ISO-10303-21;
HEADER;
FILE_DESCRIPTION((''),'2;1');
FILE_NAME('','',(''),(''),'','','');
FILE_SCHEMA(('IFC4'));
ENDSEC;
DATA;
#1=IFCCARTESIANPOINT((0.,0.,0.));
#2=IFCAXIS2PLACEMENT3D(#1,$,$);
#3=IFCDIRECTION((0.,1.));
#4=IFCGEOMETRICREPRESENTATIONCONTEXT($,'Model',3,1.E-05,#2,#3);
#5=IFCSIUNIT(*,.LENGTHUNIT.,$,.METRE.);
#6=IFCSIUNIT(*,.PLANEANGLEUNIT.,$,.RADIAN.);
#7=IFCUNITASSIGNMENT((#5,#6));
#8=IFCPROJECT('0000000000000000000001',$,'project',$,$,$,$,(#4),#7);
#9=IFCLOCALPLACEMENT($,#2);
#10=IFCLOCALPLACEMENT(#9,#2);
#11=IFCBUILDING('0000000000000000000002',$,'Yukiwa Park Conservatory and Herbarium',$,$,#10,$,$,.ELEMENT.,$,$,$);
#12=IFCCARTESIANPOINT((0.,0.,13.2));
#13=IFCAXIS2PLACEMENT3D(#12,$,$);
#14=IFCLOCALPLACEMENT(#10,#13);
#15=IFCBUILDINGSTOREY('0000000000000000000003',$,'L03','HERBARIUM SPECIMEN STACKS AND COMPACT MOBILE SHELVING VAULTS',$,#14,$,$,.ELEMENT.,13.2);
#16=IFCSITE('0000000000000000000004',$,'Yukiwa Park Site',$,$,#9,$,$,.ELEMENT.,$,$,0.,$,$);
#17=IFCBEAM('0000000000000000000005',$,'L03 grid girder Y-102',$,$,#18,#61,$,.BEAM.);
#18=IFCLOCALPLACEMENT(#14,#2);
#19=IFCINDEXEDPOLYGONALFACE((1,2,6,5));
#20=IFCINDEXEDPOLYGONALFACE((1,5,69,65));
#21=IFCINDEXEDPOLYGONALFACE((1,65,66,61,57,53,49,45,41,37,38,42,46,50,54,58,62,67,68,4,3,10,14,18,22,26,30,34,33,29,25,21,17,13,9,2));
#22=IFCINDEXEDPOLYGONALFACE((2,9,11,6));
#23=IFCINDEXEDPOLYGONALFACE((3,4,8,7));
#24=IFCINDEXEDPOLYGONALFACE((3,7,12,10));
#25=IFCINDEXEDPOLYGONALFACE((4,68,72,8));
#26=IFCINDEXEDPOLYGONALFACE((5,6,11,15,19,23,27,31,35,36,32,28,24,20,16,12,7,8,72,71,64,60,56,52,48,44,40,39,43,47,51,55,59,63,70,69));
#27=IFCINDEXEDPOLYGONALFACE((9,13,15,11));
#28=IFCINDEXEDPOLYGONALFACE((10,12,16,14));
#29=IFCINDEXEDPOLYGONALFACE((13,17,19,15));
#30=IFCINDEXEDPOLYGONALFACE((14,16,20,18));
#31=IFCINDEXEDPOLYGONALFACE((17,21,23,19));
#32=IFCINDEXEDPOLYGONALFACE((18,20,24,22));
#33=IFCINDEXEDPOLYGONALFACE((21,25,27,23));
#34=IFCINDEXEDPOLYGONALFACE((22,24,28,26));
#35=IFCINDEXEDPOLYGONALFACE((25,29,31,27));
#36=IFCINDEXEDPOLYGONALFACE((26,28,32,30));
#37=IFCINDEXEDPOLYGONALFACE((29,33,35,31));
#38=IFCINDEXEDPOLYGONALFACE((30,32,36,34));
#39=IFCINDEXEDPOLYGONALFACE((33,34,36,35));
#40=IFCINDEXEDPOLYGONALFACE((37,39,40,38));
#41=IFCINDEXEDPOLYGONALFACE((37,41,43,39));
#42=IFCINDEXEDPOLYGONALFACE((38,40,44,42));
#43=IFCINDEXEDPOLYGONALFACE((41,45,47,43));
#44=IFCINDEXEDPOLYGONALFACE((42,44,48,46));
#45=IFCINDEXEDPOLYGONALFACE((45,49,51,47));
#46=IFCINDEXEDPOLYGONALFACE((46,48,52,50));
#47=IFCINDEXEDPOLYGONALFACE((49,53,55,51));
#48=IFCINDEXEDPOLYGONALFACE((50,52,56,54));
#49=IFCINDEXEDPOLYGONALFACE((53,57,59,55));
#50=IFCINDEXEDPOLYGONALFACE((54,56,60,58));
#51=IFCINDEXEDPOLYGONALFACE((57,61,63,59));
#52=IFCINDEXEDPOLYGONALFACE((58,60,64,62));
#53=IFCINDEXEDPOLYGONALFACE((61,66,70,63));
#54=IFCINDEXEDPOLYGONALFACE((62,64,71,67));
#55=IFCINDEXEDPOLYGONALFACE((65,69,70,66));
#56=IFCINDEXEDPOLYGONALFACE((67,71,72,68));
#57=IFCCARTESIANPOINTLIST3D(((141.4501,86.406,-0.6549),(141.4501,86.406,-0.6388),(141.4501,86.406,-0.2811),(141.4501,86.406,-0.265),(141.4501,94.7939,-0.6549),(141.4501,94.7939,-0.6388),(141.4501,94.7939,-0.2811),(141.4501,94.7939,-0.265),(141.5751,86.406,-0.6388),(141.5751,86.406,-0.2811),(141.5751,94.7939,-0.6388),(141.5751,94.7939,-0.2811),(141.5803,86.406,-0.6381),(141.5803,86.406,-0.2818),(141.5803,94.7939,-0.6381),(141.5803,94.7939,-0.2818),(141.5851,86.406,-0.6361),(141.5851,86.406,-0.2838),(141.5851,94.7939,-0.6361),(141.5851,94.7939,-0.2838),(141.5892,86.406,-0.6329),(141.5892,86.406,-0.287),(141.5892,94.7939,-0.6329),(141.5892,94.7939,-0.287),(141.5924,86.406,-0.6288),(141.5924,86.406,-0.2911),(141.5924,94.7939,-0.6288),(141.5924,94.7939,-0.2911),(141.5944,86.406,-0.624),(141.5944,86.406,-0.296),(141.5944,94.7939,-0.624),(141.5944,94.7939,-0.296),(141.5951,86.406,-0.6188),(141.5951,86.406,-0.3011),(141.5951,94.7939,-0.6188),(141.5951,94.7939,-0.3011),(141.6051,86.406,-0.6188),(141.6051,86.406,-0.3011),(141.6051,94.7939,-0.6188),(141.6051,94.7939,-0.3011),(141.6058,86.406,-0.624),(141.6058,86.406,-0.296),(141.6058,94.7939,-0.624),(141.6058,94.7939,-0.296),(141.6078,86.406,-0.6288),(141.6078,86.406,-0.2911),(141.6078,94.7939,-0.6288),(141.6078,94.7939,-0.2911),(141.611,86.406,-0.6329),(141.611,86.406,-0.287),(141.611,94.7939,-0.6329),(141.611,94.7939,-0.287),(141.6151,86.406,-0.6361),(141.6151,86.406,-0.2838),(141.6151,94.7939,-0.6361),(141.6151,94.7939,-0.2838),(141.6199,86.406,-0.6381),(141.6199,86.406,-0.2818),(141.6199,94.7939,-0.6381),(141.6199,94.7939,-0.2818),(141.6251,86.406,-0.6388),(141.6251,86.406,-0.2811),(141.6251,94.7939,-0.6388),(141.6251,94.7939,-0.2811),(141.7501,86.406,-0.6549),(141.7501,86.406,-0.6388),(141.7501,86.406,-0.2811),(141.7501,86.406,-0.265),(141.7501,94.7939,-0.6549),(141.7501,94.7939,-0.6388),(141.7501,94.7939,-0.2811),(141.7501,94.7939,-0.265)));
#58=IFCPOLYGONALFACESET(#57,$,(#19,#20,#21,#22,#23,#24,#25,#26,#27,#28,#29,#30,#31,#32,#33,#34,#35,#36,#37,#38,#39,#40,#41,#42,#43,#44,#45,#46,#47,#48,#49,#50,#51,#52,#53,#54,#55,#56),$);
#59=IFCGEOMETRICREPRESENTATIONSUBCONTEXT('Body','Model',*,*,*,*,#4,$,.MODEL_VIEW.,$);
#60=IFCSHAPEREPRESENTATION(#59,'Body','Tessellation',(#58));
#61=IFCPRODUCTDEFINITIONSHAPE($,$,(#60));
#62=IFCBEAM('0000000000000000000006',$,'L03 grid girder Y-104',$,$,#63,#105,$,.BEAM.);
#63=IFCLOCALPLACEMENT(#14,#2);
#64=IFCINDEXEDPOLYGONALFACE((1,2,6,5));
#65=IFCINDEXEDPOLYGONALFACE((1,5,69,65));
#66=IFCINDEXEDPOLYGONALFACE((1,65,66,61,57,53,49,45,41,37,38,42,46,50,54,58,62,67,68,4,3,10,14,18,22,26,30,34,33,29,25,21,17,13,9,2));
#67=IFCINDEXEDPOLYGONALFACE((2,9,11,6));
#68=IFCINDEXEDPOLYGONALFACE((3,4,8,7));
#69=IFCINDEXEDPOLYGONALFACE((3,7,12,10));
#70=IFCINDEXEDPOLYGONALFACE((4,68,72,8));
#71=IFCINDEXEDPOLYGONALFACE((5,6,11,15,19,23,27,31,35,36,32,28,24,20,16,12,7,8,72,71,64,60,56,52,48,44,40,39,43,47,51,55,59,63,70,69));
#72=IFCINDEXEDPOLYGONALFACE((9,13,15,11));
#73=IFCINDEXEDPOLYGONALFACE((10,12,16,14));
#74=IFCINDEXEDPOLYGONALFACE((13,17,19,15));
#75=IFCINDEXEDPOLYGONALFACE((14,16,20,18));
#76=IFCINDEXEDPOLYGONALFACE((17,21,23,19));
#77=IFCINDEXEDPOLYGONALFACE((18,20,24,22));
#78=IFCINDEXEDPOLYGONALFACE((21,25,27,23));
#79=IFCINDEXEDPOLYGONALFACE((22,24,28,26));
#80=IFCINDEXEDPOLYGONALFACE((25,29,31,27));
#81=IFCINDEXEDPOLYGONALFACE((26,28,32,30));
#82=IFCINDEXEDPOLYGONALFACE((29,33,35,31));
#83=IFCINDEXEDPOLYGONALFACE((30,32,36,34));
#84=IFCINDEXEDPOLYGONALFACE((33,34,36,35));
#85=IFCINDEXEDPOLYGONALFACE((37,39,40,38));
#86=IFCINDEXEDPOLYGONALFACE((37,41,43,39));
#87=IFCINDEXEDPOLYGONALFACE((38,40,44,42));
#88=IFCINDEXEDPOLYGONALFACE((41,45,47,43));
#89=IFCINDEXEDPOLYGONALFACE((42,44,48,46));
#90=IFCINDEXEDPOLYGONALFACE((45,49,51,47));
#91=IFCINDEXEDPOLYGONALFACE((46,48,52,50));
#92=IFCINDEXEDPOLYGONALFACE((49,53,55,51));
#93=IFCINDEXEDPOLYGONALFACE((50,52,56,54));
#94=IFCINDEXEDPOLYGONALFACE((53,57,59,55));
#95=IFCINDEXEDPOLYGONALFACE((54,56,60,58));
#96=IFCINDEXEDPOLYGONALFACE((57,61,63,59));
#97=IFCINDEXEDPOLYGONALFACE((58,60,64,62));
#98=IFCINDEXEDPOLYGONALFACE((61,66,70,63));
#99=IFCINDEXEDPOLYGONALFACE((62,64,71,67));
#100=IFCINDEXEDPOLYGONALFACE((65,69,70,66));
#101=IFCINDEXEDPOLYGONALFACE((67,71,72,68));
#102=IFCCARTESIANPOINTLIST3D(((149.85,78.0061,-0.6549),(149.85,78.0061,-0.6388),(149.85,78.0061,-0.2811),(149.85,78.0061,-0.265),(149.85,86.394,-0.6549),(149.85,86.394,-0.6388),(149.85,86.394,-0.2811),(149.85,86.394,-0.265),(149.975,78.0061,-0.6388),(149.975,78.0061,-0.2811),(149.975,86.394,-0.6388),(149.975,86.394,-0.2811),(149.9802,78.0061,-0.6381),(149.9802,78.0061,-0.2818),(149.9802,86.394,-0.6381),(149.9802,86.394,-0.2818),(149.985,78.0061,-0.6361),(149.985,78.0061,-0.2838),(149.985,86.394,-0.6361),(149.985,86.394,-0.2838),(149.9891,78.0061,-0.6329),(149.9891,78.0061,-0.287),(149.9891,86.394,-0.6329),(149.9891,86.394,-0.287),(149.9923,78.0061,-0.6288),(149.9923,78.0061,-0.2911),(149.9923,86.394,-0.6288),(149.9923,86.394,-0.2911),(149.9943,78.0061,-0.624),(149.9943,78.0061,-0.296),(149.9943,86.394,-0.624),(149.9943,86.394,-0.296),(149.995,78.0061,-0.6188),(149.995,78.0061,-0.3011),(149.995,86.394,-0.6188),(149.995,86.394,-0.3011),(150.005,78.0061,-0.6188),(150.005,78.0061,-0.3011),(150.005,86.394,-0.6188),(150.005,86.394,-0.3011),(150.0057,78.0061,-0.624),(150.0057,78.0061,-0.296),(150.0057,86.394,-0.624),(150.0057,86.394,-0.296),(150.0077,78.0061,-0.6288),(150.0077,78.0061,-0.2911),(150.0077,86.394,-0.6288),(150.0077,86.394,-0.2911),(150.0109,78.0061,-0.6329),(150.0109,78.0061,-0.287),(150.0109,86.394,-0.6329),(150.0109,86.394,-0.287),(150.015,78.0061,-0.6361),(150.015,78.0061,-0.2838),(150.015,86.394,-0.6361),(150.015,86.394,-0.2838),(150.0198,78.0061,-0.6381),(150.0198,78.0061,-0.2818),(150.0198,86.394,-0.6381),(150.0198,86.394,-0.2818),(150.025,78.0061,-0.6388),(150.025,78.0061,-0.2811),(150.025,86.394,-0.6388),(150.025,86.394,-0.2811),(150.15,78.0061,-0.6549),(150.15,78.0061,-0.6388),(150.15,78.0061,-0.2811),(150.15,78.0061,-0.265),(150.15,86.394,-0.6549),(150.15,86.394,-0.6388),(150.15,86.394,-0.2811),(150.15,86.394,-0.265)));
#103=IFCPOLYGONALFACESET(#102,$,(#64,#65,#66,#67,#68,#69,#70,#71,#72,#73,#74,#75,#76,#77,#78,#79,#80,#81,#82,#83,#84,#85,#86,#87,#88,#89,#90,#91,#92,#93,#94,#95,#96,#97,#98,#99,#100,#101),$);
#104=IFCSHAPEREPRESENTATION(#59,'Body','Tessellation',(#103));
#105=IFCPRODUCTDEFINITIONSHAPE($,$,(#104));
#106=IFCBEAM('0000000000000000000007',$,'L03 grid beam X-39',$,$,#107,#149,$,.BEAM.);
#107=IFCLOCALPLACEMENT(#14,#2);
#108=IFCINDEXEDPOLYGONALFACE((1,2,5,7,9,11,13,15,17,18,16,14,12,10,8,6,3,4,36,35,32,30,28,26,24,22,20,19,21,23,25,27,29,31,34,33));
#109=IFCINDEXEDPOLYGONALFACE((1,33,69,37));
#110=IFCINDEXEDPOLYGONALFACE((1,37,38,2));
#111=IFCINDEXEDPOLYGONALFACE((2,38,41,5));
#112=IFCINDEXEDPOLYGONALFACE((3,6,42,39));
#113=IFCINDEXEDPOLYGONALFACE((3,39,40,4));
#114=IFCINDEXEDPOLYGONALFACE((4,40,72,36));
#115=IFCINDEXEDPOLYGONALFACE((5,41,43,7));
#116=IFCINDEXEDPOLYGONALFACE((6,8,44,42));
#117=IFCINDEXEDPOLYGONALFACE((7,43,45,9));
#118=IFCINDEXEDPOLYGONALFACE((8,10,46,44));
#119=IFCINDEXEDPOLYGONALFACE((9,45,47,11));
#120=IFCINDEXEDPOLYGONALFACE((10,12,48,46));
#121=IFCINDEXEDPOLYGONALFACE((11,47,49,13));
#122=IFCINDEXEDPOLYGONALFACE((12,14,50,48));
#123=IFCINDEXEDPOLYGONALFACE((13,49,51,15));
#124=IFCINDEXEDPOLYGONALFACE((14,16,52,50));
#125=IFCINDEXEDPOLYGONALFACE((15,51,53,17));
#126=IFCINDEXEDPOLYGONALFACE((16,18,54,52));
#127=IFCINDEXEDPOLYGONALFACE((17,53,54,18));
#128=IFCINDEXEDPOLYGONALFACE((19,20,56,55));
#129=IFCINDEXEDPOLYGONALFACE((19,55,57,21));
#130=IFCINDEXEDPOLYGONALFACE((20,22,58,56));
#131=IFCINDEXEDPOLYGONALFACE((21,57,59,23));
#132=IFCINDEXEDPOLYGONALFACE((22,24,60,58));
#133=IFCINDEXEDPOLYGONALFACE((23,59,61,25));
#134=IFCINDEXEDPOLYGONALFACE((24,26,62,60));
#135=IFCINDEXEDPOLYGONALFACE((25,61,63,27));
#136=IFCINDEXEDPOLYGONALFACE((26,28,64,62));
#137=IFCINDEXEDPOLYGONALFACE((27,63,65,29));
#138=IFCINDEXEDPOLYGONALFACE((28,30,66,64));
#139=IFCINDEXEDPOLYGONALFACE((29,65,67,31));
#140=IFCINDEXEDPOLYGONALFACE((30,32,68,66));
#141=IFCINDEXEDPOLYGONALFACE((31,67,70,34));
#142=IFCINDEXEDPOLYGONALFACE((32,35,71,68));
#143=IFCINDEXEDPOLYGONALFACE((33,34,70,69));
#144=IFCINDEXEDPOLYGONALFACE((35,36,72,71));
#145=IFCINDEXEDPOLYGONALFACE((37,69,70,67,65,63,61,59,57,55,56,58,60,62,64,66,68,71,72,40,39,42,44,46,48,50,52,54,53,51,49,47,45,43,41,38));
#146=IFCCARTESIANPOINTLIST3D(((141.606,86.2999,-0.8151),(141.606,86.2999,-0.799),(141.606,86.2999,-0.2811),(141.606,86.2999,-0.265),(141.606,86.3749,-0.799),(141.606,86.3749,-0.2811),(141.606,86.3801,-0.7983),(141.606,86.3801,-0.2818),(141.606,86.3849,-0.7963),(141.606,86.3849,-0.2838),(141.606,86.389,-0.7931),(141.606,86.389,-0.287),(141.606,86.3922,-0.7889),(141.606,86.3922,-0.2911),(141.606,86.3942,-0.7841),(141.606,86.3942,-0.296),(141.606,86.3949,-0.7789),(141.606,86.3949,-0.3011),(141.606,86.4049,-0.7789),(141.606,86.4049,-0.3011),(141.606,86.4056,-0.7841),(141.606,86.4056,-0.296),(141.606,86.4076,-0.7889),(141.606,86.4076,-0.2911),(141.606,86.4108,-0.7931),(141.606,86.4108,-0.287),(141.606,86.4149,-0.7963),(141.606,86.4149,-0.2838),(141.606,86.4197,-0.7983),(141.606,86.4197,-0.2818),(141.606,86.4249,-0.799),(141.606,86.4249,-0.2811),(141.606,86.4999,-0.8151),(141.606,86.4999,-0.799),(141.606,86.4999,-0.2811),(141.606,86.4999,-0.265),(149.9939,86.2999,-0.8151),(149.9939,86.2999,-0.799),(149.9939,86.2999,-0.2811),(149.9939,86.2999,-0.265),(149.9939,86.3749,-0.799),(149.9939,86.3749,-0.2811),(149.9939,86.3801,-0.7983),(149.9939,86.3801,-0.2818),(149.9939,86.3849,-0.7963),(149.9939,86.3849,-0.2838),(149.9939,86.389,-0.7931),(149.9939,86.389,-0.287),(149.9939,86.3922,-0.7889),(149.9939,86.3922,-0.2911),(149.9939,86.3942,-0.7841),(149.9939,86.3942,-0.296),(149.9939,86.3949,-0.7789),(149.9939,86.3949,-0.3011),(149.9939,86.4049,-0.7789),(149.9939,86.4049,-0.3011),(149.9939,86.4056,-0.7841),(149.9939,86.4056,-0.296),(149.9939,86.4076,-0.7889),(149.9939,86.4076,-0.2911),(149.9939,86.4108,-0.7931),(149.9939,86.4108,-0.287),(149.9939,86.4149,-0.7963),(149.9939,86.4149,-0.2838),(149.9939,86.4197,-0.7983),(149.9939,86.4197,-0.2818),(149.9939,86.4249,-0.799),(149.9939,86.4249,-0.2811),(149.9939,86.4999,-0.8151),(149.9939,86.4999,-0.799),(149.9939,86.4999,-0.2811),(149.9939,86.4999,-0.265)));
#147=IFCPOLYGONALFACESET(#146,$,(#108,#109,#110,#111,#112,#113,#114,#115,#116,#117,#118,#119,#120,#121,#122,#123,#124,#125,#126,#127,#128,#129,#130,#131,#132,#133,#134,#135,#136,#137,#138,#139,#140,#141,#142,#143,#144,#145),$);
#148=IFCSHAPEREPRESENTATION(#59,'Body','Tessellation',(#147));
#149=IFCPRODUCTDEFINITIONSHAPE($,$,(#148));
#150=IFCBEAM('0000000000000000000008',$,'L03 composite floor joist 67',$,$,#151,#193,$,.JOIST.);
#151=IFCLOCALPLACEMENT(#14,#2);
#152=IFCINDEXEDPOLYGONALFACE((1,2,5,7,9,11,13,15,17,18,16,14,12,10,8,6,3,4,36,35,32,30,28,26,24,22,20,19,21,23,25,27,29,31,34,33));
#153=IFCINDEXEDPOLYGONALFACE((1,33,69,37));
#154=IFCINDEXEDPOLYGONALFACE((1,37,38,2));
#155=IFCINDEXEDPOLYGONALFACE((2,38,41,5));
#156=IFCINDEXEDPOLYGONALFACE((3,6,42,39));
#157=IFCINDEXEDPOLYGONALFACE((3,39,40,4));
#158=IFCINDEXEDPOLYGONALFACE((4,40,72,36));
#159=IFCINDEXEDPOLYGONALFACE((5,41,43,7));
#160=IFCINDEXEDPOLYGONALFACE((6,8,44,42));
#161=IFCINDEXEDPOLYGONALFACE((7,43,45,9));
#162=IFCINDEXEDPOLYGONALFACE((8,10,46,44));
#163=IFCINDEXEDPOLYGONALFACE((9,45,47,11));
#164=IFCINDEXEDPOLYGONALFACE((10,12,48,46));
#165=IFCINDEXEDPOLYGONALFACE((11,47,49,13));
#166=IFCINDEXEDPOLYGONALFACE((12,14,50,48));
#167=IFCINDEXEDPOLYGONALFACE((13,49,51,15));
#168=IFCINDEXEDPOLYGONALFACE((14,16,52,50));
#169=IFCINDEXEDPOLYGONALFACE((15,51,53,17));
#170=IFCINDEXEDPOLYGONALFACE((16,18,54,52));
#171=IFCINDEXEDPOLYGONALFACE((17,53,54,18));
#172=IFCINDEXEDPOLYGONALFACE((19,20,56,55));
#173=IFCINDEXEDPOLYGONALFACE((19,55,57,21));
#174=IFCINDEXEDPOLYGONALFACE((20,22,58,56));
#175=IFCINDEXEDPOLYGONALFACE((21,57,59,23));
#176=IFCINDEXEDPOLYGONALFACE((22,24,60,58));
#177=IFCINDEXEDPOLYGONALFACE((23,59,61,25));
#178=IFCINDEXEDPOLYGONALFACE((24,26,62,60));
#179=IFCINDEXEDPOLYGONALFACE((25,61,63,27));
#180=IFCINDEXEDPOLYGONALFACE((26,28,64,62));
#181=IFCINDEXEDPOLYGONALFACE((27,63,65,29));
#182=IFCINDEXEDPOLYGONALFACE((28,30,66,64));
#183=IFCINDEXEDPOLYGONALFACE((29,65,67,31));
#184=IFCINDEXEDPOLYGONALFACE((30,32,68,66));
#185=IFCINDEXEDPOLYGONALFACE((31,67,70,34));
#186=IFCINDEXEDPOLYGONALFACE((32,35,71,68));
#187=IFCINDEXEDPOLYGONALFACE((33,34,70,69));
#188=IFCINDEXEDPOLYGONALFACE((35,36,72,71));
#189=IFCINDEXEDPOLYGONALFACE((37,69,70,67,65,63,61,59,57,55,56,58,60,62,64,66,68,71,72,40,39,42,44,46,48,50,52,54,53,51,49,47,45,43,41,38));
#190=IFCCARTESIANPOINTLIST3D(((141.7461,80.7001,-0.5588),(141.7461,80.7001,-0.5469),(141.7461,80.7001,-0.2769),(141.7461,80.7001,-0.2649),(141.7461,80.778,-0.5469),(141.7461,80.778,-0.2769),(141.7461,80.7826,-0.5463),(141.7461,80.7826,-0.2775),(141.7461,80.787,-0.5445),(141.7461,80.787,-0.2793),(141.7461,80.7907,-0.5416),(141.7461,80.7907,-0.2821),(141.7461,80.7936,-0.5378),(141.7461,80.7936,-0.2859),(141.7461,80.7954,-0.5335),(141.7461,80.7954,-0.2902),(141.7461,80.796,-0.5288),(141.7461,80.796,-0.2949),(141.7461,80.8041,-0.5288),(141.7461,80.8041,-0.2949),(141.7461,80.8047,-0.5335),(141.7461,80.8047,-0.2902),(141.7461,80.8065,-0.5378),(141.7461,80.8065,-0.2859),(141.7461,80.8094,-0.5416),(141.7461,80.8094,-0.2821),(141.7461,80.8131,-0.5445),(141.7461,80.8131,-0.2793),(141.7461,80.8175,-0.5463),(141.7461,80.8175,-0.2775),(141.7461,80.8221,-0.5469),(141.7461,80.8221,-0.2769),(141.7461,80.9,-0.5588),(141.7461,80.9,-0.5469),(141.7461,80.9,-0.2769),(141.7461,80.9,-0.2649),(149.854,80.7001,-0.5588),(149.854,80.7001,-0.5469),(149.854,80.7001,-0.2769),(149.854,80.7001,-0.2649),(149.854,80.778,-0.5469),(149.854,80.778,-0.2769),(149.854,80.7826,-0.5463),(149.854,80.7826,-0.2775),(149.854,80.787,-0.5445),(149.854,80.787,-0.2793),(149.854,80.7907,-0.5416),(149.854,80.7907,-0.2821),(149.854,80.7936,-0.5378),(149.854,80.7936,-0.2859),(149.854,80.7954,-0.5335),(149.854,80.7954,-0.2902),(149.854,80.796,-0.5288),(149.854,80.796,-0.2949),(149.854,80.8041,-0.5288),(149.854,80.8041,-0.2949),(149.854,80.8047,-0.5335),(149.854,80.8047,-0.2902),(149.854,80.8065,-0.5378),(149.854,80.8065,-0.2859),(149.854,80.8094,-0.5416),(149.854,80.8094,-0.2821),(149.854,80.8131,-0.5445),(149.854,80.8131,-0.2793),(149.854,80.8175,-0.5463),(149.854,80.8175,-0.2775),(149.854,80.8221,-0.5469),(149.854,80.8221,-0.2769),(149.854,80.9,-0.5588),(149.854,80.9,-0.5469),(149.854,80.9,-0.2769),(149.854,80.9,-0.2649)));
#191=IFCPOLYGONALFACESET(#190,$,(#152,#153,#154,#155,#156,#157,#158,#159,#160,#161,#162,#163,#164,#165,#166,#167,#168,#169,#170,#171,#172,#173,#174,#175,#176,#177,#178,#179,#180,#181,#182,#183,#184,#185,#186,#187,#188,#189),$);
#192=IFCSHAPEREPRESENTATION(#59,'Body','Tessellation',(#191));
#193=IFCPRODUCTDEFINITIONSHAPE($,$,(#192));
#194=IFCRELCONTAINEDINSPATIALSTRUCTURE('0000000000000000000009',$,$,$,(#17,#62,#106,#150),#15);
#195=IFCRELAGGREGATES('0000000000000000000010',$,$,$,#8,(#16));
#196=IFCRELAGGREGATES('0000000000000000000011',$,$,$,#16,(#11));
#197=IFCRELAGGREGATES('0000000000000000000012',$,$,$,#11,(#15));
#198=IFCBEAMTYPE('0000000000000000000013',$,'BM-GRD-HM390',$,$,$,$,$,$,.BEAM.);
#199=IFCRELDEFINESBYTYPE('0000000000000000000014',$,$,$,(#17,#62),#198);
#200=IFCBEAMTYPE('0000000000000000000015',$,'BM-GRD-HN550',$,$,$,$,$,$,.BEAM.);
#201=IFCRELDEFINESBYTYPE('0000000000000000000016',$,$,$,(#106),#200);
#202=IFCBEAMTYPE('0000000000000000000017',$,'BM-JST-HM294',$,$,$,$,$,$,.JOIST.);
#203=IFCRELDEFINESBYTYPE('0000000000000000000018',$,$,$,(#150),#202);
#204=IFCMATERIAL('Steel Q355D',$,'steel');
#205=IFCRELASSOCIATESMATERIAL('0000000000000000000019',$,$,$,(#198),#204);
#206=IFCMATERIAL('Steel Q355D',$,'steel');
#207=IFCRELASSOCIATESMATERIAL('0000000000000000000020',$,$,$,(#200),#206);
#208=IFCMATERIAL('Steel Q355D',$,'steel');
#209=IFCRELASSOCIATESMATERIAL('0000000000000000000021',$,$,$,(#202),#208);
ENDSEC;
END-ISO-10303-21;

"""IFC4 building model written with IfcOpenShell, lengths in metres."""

from ifc_helpers import new_model, si_unit, direction, frame, origin, origin_2d, place, context, subcontext, project, spatial, i_section, extrude, material, material_profile, profile_set, type_object, element, save


model = new_model("IFC4")

# Units and contexts
model_context = context("Model", 3, precision=1e-05, world=origin(), true_north=direction((0.0, 1.0)))
body_context = subcontext(model_context, "Body", "Model", "MODEL_VIEW")
ifc_project = project(units=[si_unit("LENGTHUNIT", "METRE"), si_unit("PLANEANGLEUNIT", "RADIAN")], contexts=[model_context])

# Site, building, storey
site_placement = place(None, origin())
site = spatial("IfcSite", under=ifc_project, at=site_placement, Name="Yukiwa Park Site", CompositionType="ELEMENT", RefElevation=0.0)
building_placement = place(site_placement, origin())
building = spatial("IfcBuilding", under=site, at=building_placement, Name="Yukiwa Park Conservatory and Herbarium", CompositionType="ELEMENT")
storey_placement = place(building_placement, frame((0.0, 0.0, 13.2)))
storey = spatial("IfcBuildingStorey", under=building, at=storey_placement, Name="L03", Description="HERBARIUM SPECIMEN STACKS AND COMPACT MOBILE SHELVING VAULTS", CompositionType="ELEMENT", Elevation=13.2)

# Beams
ifc_material_1 = material(Name="Steel Q355D", Category="steel")
ifc_material_profile_1 = material_profile(ifc_material_1, i_section(OverallWidth=0.3, OverallDepth=0.3899, WebThickness=0.01, FlangeThickness=0.0161, FilletRadius=0.02, at=origin_2d()), Name="HM 390x300x10x16")
ifc_profile_set_1 = profile_set([ifc_material_profile_1], Name="Steel Q355D")
beam_type_1 = type_object("IfcBeamType", Name="BM-GRD-HM390", PredefinedType="BEAM", material=ifc_profile_set_1)
for number, where, z_axis, x_axis, name in (
    (1, (141.6001, 86.406, -0.46), (0.0, 1.0, 0.0), (-1.0, 0.0, 0.0), "L03 grid girder Y-102"),
    (2, (150.0, 78.0061, -0.46), (0.0, 1.0, 0.0), (-1.0, 0.0, 0.0), "L03 grid girder Y-104"),
):
    element("IfcBeam", number, at=place(storey_placement, frame(where, z_axis=z_axis, x_axis=x_axis)), inside=storey, type_object=beam_type_1, Name=name, PredefinedType="BEAM", context=body_context, shape_type="SweptSolid", body=[
        extrude(i_section(OverallWidth=0.3, OverallDepth=0.3899, WebThickness=0.01, FlangeThickness=0.0161, FilletRadius=0.02, at=origin_2d()), origin(), (0.0, 0.0, 1.0), 8.3879),
    ])
ifc_material_2 = material(Name="Steel Q355D", Category="steel")
ifc_material_profile_2 = material_profile(ifc_material_2, i_section(OverallWidth=0.2, OverallDepth=0.55, WebThickness=0.01, FlangeThickness=0.0161, FilletRadius=0.02, at=origin_2d()), Name="HN 550x200x10x16")
ifc_profile_set_2 = profile_set([ifc_material_profile_2], Name="Steel Q355D")
beam_type_2 = type_object("IfcBeamType", Name="BM-GRD-HN550", PredefinedType="BEAM", material=ifc_profile_set_2)
beam_placement = place(storey_placement, frame((141.606, 86.3999, -0.54), z_axis=(1.0, 0.0, 0.0), x_axis=(0.0, 1.0, 0.0)))
element("IfcBeam", 3, at=beam_placement, inside=storey, type_object=beam_type_2, Name="L03 grid beam X-39", PredefinedType="BEAM", context=body_context, shape_type="SweptSolid", body=[
    extrude(i_section(OverallWidth=0.2, OverallDepth=0.55, WebThickness=0.01, FlangeThickness=0.0161, FilletRadius=0.02, at=origin_2d()), origin(), (0.0, 0.0, 1.0), 8.3879),
])
ifc_material_3 = material(Name="Steel Q355D", Category="steel")
ifc_material_profile_3 = material_profile(ifc_material_3, i_section(OverallWidth=0.2, OverallDepth=0.2939, WebThickness=0.0081, FlangeThickness=0.012, FilletRadius=0.0181, at=origin_2d()), Name="HM 294x200x8x12")
ifc_profile_set_3 = profile_set([ifc_material_profile_3], Name="Steel Q355D")
beam_type_3 = type_object("IfcBeamType", Name="BM-JST-HM294", PredefinedType="JOIST", material=ifc_profile_set_3)
for number, where, z_axis, x_axis, name in (
    (4, (141.7461, 80.8, -0.4119), (1.0, 0.0, 0.0), (0.0, 1.0, 0.0), "L03 composite floor joist 67"),
):
    element("IfcBeam", number, at=place(storey_placement, frame(where, z_axis=z_axis, x_axis=x_axis)), inside=storey, type_object=beam_type_3, Name=name, PredefinedType="JOIST", context=body_context, shape_type="SweptSolid", body=[
        extrude(i_section(OverallWidth=0.2, OverallDepth=0.2939, WebThickness=0.0081, FlangeThickness=0.012, FilletRadius=0.0181, at=origin_2d()), origin(), (0.0, 0.0, 1.0), 8.1079),
    ])

save(model, "model.ifc")
